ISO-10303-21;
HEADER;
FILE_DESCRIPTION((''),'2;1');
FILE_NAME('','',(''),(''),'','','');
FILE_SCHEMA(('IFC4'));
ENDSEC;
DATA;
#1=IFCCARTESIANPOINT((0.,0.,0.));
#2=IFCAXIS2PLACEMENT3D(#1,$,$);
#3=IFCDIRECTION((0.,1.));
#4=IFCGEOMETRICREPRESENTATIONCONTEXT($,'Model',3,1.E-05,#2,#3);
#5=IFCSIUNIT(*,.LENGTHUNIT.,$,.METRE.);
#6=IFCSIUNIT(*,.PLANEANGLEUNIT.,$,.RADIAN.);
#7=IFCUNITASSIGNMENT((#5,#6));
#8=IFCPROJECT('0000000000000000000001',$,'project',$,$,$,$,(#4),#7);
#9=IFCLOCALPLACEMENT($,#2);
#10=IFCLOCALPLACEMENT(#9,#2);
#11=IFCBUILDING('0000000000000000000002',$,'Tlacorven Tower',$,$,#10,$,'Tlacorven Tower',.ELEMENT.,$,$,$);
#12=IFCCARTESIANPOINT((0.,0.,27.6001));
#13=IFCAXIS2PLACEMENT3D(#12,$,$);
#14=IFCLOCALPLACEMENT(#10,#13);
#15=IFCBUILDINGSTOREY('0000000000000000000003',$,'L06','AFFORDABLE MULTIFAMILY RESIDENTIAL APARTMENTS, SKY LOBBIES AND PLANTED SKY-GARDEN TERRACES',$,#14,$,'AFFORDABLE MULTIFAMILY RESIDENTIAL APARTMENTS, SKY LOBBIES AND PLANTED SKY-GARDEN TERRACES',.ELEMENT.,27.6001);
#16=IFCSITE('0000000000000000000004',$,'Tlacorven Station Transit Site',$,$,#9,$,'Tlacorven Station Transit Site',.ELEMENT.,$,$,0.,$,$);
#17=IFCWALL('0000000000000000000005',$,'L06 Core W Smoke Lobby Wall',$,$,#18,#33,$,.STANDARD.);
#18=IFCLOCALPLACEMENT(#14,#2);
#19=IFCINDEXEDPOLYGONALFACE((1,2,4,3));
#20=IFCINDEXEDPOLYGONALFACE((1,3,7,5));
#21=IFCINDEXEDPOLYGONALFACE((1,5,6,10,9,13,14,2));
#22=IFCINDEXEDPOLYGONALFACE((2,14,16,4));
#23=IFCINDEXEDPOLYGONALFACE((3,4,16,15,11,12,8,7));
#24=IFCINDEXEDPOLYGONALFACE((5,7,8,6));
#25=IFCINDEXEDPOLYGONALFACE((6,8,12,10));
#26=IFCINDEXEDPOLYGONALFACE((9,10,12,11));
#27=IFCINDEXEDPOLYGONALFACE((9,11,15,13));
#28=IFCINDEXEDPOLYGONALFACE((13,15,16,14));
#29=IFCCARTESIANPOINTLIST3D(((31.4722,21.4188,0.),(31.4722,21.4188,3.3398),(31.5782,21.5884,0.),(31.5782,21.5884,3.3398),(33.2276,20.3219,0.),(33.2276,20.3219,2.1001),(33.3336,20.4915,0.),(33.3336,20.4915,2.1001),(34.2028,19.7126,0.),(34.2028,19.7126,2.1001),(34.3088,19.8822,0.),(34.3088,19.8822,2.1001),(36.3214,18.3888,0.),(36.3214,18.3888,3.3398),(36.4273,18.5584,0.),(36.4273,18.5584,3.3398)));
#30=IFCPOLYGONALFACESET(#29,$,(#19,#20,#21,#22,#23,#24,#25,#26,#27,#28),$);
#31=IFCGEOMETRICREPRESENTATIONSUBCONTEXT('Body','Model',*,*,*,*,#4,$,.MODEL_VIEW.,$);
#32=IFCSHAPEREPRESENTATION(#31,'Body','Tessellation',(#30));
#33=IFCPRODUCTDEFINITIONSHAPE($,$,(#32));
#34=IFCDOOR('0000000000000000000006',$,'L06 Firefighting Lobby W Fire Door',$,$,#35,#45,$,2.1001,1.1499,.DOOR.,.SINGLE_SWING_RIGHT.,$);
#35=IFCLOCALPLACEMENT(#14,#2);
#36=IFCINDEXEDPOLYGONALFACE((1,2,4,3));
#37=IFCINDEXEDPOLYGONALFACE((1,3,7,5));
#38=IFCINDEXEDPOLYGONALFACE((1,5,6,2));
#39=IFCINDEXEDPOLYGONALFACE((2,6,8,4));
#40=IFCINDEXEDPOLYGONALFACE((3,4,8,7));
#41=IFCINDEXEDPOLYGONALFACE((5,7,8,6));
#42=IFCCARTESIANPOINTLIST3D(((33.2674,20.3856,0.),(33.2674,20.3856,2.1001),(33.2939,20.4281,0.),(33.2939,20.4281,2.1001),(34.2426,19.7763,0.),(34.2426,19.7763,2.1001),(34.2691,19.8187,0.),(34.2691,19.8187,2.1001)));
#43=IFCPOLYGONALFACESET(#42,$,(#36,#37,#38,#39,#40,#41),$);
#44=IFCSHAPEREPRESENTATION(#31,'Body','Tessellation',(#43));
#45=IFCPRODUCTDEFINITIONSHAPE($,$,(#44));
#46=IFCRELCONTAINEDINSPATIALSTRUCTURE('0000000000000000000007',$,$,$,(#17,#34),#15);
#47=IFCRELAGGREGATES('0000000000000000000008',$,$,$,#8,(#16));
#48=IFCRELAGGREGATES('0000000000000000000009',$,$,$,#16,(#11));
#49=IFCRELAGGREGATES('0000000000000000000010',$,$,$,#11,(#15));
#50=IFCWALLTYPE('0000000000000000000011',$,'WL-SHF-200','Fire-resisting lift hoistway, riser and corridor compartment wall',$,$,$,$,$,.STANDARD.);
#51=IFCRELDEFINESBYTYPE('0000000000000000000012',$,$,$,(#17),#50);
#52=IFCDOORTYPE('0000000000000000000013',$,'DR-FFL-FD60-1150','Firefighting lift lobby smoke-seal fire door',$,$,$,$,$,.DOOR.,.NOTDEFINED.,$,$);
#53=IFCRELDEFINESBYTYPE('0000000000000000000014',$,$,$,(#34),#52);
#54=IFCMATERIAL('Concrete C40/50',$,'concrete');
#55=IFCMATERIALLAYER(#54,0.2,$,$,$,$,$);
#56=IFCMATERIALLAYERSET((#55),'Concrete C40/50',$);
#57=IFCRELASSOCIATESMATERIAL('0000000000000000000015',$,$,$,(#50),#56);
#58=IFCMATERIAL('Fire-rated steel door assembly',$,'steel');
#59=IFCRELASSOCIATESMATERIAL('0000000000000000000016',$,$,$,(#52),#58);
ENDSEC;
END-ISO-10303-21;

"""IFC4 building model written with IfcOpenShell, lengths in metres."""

from ifc_helpers import new_model, si_unit, direction, frame, frame_2d, origin, place, context, subcontext, project, spatial, rectangle, extrude, source, transform, mapped, material, layer, layer_set, type_object, element, fill, save


model = new_model("IFC4")

# Units and contexts
model_context = context("Model", 3, precision=1e-05, world=origin(), true_north=direction((0.0, 1.0)))
body_context = subcontext(model_context, "Body", "Model", "MODEL_VIEW")
ifc_project = project(units=[si_unit("LENGTHUNIT", "METRE"), si_unit("PLANEANGLEUNIT", "RADIAN")], contexts=[model_context])

# Site, building, storey
site_placement = place(None, origin())
site = spatial("IfcSite", under=ifc_project, at=site_placement, Name="Tlacorven Station Transit Site", LongName="Tlacorven Station Transit Site", CompositionType="ELEMENT", RefElevation=0.0)
building_placement = place(site_placement, origin())
building = spatial("IfcBuilding", under=site, at=building_placement, Name="Tlacorven Tower", LongName="Tlacorven Tower", CompositionType="ELEMENT")
storey_placement = place(building_placement, frame((0.0, 0.0, 27.6001)))
storey = spatial("IfcBuildingStorey", under=building, at=storey_placement, Name="L06", Description="AFFORDABLE MULTIFAMILY RESIDENTIAL APARTMENTS, SKY LOBBIES AND PLANTED SKY-GARDEN TERRACES", LongName="AFFORDABLE MULTIFAMILY RESIDENTIAL APARTMENTS, SKY LOBBIES AND PLANTED SKY-GARDEN TERRACES", CompositionType="ELEMENT", Elevation=27.6001)

# Shared definitions
ifc_material_1 = material(Name="Fire-rated steel door assembly", Category="steel")

# Shared definitions
ifc_material_2 = material(Name="Concrete C40/50", Category="concrete")
ifc_layer_1 = layer(ifc_material_2, 0.2)
ifc_layer_set_1 = layer_set([ifc_layer_1], Name="Concrete C40/50")
wall_type_1 = type_object("IfcWallType", Name="WL-SHF-200", Description="Fire-resisting lift hoistway, riser and corridor compartment wall", PredefinedType="STANDARD", material=ifc_layer_set_1)

# Wall, opening, door
wall_1_placement = place(storey_placement, frame((36.3743, 18.4736, 0.0), z_axis=(0.0, 0.0, 1.0), x_axis=(-0.848051, 0.529915, 0.0)))
wall_1 = element("IfcWall", 1, at=wall_1_placement, inside=storey, type_object=wall_type_1, Name="L06 Core W Smoke Lobby Wall", PredefinedType="STANDARD", context=body_context, shape_type="SweptSolid", body=[
    extrude(rectangle(XDim=5.718, YDim=0.2, at=frame_2d((2.8589, 0.0))), origin(), (0.0, 0.0, 1.0), 3.3398),
])
opening_1_placement = place(wall_1_placement, frame((2.498, 0.0, 0.0)))
opening_1 = element("IfcOpeningElement", 2, at=opening_1_placement, cuts=wall_1, PredefinedType="OPENING", context=body_context, shape_type="SweptSolid", body=[
    extrude(rectangle(XDim=1.1499, YDim=2.1001, at=frame_2d((0.575, 1.05))), frame((0.0, 0.1099, 0.0), z_axis=(0.0, -1.0, 0.0), x_axis=(1.0, 0.0, 0.0)), (0.0, 0.0, 1.0), 0.22),
])
door_type_1 = type_object("IfcDoorType", Name="DR-FFL-FD60-1150", Description="Firefighting lift lobby smoke-seal fire door", OperationType="NOTDEFINED", PredefinedType="DOOR", material=ifc_material_1)
shared_shape_1 = source(origin(), body_context, "Body", "SweptSolid", [
    extrude(rectangle(XDim=1.1499, YDim=2.1001, at=frame_2d((0.575, 1.05))), frame((0.0, 0.0249, 0.0), z_axis=(0.0, -1.0, 0.0), x_axis=(1.0, 0.0, 0.0)), (0.0, 0.0, 1.0), 0.05),
])
door_1_placement = place(opening_1_placement, origin())
door_1 = element("IfcDoor", 3, at=door_1_placement, inside=storey, type_object=door_type_1, Name="L06 Firefighting Lobby W Fire Door", OperationType="SINGLE_SWING_RIGHT", OverallHeight=2.1001, OverallWidth=1.1499, PredefinedType="DOOR", context=body_context, shape_type="MappedRepresentation", body=[
    mapped(shared_shape_1, transform((0.0, 0.0, 0.0), scale=1.0)),
])
fill(opening_1, door_1)

save(model, "model.ifc")
